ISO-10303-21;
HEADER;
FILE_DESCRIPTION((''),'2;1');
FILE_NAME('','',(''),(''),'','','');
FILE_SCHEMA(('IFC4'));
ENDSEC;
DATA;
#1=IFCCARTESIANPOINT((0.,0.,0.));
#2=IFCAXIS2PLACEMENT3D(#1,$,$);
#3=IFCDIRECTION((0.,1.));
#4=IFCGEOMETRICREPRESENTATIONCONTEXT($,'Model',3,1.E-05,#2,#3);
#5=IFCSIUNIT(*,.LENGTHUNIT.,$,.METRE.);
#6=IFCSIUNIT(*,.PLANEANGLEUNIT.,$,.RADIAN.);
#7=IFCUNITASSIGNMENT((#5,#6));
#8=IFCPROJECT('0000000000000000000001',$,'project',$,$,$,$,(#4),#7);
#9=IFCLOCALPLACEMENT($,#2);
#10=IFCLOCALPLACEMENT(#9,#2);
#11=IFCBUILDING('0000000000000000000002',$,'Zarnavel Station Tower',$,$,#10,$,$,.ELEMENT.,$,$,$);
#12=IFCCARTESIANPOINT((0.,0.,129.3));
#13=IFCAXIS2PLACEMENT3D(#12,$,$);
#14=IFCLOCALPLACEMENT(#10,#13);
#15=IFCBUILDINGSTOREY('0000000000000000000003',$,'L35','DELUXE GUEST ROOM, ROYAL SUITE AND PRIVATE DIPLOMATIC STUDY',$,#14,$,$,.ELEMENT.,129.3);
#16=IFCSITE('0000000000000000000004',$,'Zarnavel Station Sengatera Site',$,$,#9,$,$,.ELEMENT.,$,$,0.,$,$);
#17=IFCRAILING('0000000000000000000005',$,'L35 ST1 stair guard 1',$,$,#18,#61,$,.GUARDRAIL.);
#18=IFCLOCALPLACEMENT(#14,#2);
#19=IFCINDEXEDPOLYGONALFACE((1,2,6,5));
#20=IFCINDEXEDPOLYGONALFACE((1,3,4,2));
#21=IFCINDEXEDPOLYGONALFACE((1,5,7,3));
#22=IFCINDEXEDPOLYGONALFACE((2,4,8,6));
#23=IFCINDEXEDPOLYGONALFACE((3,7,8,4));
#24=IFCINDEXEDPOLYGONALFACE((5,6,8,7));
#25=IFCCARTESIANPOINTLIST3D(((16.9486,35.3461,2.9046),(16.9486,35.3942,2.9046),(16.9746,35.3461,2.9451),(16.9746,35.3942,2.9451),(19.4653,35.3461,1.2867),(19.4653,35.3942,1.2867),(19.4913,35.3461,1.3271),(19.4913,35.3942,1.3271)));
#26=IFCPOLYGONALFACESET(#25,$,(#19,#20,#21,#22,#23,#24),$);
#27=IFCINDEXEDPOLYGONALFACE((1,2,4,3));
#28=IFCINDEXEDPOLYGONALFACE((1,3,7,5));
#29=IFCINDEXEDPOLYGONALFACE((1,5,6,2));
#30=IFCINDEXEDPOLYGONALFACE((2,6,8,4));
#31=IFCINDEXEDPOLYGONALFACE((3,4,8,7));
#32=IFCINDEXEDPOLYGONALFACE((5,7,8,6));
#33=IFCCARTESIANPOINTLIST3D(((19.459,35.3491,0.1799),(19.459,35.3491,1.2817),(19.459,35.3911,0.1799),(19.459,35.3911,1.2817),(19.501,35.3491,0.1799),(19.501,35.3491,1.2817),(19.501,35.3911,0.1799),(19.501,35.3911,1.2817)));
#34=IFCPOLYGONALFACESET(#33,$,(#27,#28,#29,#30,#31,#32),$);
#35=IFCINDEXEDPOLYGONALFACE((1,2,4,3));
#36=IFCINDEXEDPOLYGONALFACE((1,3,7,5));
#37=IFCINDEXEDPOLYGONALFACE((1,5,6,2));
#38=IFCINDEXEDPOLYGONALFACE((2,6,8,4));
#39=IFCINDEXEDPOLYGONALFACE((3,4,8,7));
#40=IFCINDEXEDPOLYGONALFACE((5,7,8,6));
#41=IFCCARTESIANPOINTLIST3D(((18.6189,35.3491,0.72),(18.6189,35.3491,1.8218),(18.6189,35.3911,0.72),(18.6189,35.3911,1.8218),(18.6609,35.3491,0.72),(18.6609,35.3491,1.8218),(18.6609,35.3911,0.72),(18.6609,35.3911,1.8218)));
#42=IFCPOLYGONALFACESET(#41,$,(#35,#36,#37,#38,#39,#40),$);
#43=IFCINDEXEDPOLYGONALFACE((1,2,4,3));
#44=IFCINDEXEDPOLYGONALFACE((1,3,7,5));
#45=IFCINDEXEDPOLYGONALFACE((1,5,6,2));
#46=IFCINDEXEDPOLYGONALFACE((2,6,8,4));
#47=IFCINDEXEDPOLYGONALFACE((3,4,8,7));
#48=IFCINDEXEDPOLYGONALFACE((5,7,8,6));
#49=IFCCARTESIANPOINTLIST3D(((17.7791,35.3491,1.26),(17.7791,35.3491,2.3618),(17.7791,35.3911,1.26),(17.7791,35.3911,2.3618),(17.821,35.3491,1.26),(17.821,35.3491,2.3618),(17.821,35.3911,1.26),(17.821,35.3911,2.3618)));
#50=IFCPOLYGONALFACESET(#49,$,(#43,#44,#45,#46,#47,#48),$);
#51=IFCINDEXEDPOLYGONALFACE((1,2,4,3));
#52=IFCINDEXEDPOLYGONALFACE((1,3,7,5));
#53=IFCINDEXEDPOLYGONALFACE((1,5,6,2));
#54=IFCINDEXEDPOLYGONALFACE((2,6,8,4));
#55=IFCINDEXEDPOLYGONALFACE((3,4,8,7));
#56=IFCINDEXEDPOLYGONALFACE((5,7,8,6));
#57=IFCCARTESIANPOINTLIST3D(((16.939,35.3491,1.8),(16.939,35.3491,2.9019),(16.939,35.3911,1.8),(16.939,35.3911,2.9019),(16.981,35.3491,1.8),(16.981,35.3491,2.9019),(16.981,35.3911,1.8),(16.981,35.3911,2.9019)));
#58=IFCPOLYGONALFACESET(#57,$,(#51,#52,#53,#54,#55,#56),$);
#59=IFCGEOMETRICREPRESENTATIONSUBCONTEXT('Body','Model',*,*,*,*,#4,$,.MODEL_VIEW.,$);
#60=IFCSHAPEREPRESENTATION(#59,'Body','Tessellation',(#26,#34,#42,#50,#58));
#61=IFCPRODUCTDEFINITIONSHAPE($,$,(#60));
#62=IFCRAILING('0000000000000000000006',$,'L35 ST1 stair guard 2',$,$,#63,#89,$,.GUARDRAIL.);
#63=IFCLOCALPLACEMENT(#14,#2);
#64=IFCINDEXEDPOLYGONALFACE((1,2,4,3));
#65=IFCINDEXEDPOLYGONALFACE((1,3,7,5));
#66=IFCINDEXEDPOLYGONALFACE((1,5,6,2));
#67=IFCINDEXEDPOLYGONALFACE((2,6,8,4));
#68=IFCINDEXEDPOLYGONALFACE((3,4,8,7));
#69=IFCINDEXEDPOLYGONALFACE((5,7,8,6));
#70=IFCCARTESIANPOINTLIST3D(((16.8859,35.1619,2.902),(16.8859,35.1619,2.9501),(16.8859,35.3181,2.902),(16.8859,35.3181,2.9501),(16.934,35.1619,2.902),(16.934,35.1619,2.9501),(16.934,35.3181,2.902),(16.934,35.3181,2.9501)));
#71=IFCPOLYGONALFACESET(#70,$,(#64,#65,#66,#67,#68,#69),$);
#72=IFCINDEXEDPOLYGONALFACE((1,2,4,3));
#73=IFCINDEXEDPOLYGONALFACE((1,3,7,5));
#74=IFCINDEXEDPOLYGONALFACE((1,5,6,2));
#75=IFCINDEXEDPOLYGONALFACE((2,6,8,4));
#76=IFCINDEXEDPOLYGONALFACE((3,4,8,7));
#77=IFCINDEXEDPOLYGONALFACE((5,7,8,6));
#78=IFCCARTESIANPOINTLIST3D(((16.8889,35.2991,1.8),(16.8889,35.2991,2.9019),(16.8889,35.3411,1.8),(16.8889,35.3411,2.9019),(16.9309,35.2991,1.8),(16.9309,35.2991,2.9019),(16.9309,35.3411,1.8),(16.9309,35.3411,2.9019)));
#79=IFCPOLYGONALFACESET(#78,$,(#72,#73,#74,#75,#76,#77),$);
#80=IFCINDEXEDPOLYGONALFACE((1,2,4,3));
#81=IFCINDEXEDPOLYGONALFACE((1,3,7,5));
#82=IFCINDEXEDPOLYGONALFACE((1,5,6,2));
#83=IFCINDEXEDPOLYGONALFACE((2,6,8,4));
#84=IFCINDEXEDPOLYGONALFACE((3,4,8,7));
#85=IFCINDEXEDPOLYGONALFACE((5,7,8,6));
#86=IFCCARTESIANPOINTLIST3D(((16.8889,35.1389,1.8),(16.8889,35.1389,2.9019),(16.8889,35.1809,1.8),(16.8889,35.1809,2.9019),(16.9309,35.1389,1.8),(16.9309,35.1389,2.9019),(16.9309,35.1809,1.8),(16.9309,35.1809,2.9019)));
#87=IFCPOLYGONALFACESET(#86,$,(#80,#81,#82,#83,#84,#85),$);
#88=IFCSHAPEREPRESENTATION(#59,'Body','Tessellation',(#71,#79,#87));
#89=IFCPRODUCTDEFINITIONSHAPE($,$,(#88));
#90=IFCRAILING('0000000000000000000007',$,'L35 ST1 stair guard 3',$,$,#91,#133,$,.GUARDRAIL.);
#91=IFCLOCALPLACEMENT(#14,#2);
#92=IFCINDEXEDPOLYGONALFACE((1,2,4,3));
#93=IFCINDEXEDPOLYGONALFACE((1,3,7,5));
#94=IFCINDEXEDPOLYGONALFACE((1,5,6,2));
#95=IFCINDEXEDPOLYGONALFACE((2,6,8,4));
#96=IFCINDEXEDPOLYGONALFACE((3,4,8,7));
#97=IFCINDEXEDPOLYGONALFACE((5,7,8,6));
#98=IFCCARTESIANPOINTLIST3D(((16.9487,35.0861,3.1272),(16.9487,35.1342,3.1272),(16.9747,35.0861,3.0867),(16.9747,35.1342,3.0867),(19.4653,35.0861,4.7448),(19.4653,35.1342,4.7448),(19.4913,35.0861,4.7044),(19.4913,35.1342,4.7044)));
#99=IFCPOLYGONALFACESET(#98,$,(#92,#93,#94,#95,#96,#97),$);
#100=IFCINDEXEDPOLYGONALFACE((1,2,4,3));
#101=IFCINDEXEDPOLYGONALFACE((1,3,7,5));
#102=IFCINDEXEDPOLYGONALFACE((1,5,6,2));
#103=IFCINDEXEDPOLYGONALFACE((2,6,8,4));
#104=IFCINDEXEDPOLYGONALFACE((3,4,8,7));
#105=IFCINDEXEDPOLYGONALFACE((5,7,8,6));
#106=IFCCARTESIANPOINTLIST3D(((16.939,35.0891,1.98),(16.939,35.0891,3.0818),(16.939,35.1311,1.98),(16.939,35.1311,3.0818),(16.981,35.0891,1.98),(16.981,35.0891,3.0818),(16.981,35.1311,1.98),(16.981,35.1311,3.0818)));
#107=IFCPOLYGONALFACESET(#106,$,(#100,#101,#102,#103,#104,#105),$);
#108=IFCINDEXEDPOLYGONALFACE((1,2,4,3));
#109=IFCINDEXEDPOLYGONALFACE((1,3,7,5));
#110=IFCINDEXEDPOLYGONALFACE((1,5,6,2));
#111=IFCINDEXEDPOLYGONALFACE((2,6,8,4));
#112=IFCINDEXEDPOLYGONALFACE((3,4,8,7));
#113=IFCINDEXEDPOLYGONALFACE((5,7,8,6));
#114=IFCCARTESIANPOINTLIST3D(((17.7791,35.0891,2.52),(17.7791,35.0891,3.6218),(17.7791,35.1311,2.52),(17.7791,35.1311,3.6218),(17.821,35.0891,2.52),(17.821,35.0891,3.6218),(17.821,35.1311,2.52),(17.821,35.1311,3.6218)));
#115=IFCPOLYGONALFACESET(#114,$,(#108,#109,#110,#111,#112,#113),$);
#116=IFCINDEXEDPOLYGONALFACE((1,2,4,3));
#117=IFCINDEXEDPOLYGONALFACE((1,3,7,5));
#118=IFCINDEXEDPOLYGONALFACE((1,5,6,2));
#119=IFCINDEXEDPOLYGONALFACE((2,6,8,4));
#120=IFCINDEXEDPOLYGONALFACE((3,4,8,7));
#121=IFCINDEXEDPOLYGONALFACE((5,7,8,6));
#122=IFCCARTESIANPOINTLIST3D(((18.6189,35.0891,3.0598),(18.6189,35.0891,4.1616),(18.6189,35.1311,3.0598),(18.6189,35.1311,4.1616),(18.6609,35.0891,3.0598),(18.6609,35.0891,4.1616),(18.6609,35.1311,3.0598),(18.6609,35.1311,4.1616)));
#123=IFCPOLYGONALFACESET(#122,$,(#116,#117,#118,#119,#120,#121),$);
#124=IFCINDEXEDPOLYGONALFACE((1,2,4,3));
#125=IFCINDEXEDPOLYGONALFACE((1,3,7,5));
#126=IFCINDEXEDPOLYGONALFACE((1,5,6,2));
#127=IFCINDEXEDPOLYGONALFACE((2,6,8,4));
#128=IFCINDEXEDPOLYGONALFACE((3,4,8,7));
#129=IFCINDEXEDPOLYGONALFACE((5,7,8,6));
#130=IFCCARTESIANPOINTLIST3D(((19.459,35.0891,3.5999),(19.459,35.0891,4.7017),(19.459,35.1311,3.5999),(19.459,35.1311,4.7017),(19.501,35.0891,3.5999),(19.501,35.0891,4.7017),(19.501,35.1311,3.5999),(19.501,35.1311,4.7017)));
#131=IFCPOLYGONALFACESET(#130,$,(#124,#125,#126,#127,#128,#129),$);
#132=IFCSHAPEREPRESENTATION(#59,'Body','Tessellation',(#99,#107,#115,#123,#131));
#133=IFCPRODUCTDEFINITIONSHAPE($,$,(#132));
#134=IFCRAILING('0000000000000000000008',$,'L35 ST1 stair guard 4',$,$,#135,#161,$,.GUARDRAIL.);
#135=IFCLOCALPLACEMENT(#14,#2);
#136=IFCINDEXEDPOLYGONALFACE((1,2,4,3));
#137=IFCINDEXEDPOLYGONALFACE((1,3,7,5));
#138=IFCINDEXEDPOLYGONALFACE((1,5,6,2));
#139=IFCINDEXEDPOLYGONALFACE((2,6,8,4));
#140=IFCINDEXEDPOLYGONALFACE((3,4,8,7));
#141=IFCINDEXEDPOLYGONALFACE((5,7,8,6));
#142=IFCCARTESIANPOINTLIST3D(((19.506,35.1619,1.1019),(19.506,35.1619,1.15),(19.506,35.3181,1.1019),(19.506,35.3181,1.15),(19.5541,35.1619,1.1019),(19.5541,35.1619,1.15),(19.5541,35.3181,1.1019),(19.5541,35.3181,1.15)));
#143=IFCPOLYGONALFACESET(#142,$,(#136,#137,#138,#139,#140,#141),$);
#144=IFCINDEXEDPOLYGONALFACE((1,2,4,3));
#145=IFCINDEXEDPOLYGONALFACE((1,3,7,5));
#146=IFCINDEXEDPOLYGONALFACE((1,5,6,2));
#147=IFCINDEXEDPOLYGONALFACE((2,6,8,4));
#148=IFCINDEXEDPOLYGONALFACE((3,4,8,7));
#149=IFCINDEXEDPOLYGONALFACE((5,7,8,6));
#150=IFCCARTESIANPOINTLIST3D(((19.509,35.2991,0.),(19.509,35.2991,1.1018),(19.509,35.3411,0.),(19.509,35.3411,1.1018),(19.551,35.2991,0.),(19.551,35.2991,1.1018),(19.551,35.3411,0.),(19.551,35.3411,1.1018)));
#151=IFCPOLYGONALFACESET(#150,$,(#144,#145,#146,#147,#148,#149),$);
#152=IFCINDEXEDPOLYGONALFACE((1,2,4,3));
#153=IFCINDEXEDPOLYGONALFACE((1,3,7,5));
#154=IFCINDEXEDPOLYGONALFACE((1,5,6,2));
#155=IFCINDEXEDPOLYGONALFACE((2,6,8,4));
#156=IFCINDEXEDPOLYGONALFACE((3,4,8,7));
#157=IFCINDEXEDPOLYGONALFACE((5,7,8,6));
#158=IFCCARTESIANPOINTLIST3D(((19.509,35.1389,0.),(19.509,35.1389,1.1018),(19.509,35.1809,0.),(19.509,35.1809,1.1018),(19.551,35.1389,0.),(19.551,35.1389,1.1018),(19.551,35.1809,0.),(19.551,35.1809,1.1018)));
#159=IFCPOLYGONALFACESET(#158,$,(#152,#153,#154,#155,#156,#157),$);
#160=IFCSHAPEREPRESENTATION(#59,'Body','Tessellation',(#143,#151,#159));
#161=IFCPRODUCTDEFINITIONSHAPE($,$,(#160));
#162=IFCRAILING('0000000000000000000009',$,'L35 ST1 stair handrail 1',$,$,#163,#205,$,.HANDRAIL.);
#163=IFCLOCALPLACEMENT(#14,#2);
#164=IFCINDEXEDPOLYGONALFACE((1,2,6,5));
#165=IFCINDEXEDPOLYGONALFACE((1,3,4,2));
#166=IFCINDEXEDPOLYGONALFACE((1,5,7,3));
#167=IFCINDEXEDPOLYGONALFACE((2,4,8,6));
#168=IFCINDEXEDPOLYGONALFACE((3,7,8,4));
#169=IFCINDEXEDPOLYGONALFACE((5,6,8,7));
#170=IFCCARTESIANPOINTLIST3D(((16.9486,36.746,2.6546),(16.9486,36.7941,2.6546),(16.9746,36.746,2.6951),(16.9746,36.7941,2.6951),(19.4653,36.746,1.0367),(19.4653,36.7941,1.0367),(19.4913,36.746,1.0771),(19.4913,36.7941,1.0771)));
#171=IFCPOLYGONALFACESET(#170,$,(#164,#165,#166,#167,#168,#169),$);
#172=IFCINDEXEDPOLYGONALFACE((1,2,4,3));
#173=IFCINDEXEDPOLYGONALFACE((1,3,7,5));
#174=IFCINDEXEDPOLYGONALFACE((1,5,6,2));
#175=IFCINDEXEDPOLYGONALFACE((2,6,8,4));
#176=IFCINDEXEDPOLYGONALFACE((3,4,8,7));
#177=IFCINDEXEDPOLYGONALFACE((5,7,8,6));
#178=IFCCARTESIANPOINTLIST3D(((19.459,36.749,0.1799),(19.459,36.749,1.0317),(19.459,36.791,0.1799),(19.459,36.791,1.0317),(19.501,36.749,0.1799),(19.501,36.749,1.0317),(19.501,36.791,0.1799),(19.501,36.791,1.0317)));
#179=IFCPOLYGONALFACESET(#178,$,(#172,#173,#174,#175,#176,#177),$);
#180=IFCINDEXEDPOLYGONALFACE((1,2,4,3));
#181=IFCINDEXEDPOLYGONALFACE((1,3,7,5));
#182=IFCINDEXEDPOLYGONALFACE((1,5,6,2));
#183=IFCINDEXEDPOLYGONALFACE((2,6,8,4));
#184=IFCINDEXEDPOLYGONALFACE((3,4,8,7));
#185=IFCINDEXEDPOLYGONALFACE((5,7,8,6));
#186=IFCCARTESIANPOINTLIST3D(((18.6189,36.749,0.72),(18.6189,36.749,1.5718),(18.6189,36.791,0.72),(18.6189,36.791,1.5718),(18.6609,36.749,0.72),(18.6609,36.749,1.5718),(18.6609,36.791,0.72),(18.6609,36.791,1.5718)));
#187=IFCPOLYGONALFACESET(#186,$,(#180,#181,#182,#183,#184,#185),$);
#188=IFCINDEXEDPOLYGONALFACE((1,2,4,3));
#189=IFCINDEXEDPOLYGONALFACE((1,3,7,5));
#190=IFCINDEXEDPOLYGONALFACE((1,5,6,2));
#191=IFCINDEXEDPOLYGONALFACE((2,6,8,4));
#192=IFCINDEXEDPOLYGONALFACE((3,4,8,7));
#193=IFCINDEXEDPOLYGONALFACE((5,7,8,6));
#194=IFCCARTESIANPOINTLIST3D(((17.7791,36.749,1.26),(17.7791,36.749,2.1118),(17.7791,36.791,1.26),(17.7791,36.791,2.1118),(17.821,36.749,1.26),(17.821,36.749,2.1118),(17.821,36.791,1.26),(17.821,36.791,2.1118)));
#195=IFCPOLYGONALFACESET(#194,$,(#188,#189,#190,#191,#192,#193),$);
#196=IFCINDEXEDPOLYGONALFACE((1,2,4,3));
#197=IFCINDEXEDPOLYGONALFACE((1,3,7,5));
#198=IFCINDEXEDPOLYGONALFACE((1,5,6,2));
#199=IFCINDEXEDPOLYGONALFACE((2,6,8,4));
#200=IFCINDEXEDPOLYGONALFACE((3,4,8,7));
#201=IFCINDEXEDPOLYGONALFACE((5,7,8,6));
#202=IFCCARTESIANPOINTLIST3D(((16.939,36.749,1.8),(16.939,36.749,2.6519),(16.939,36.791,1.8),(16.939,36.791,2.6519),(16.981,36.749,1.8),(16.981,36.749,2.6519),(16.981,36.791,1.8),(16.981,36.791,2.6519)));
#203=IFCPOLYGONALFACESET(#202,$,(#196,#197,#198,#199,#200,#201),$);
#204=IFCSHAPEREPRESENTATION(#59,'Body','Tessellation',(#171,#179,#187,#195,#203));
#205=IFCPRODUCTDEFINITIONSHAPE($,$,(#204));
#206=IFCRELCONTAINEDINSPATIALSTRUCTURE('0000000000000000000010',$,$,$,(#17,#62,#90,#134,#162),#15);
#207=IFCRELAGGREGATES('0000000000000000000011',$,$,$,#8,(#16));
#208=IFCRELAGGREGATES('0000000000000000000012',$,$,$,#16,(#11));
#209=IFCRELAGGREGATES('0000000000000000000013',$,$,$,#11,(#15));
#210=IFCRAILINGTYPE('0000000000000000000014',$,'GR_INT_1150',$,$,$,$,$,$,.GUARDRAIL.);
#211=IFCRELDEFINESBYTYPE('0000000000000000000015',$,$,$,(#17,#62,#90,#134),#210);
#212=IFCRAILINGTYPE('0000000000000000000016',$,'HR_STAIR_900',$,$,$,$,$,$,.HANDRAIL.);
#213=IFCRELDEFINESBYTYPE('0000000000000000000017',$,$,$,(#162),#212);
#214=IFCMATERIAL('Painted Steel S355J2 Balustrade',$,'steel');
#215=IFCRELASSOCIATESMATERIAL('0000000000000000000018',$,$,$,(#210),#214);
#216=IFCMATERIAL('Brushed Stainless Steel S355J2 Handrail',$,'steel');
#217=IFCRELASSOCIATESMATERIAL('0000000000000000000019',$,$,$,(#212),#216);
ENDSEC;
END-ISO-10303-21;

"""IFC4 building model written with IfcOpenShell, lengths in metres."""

from ifc_helpers import new_model, si_unit, direction, frame, origin, origin_2d, place, context, subcontext, project, spatial, rectangle, extrude, material, type_object, element, save


model = new_model("IFC4")

# Units and contexts
model_context = context("Model", 3, precision=1e-05, world=origin(), true_north=direction((0.0, 1.0)))
body_context = subcontext(model_context, "Body", "Model", "MODEL_VIEW")
ifc_project = project(units=[si_unit("LENGTHUNIT", "METRE"), si_unit("PLANEANGLEUNIT", "RADIAN")], contexts=[model_context])

# Site, building, storey
site_placement = place(None, origin())
site = spatial("IfcSite", under=ifc_project, at=site_placement, Name="Zarnavel Station Sengatera Site", CompositionType="ELEMENT", RefElevation=0.0)
building_placement = place(site_placement, origin())
building = spatial("IfcBuilding", under=site, at=building_placement, Name="Zarnavel Station Tower", CompositionType="ELEMENT")
storey_placement = place(building_placement, frame((0.0, 0.0, 129.3)))
storey = spatial("IfcBuildingStorey", under=building, at=storey_placement, Name="L35", Description="DELUXE GUEST ROOM, ROYAL SUITE AND PRIVATE DIPLOMATIC STUDY", CompositionType="ELEMENT", Elevation=129.3)

# Railings
ifc_material_1 = material(Name="Painted Steel S355J2 Balustrade", Category="steel")
railing_type_1 = type_object("IfcRailingType", Name="GR_INT_1150", PredefinedType="GUARDRAIL", material=ifc_material_1)
railing_1_placement = place(storey_placement, frame((19.48, 35.3701, 0.1799)))
element("IfcRailing", 1, at=railing_1_placement, inside=storey, type_object=railing_type_1, Name="L35 ST1 stair guard 1", PredefinedType="GUARDRAIL", context=body_context, shape_type="SweptSolid", body=[
    extrude(rectangle(XDim=0.0481, YDim=0.0481, at=origin_2d()), frame((-0.0017, 0.0, 1.127), z_axis=(-0.841163, 0.0, 0.540782), x_axis=(0.0, -1.0, 0.0)), (0.0, 0.0, 1.0), 2.9919),
    extrude(rectangle(XDim=0.042, YDim=0.042, at=origin_2d()), origin(), (0.0, 0.0, 1.0), 1.1018),
    extrude(rectangle(XDim=0.042, YDim=0.042, at=origin_2d()), frame((-0.8401, 0.0, 0.54)), (0.0, 0.0, 1.0), 1.1018),
    extrude(rectangle(XDim=0.042, YDim=0.042, at=origin_2d()), frame((-1.6799, 0.0, 1.0801)), (0.0, 0.0, 1.0), 1.1018),
    extrude(rectangle(XDim=0.042, YDim=0.042, at=origin_2d()), frame((-2.52, 0.0, 1.6201)), (0.0, 0.0, 1.0), 1.1018),
])
railing_2_placement = place(storey_placement, frame((16.9099, 35.3201, 1.8)))
element("IfcRailing", 2, at=railing_2_placement, inside=storey, type_object=railing_type_1, Name="L35 ST1 stair guard 2", PredefinedType="GUARDRAIL", context=body_context, shape_type="SweptSolid", body=[
    extrude(rectangle(XDim=0.0481, YDim=0.0481, at=origin_2d()), frame((0.0, -0.002, 1.126), z_axis=(0.0, -1.0, 0.0), x_axis=(1.0, 0.0, 0.0)), (0.0, 0.0, 1.0), 0.1562),
    extrude(rectangle(XDim=0.042, YDim=0.042, at=origin_2d()), origin(), (0.0, 0.0, 1.0), 1.1018),
    extrude(rectangle(XDim=0.042, YDim=0.042, at=origin_2d()), frame((0.0, -0.1602, 0.0)), (0.0, 0.0, 1.0), 1.1018),
])
railing_3_placement = place(storey_placement, frame((16.96, 35.1101, 1.98)))
element("IfcRailing", 3, at=railing_3_placement, inside=storey, type_object=railing_type_1, Name="L35 ST1 stair guard 3", PredefinedType="GUARDRAIL", context=body_context, shape_type="SweptSolid", body=[
    extrude(rectangle(XDim=0.0481, YDim=0.0481, at=origin_2d()), frame((0.0017, 0.0, 1.127), z_axis=(0.8412, 0.0, 0.540725), x_axis=(0.0, 1.0, 0.0)), (0.0, 0.0, 1.0), 2.9917),
    extrude(rectangle(XDim=0.042, YDim=0.042, at=origin_2d()), origin(), (0.0, 0.0, 1.0), 1.1018),
    extrude(rectangle(XDim=0.042, YDim=0.042, at=origin_2d()), frame((0.8401, 0.0, 0.54)), (0.0, 0.0, 1.0), 1.1018),
    extrude(rectangle(XDim=0.042, YDim=0.042, at=origin_2d()), frame((1.6799, 0.0, 1.0798)), (0.0, 0.0, 1.0), 1.1018),
    extrude(rectangle(XDim=0.042, YDim=0.042, at=origin_2d()), frame((2.52, 0.0, 1.6199)), (0.0, 0.0, 1.0), 1.1018),
])
railing_4_placement = place(storey_placement, frame((19.53, 35.3201, 0.0)))
element("IfcRailing", 4, at=railing_4_placement, inside=storey, type_object=railing_type_1, Name="L35 ST1 stair guard 4", PredefinedType="GUARDRAIL", context=body_context, shape_type="SweptSolid", body=[
    extrude(rectangle(XDim=0.0481, YDim=0.0481, at=origin_2d()), frame((0.0, -0.002, 1.126), z_axis=(0.0, -1.0, 0.0), x_axis=(1.0, 0.0, 0.0)), (0.0, 0.0, 1.0), 0.1562),
    extrude(rectangle(XDim=0.042, YDim=0.042, at=origin_2d()), origin(), (0.0, 0.0, 1.0), 1.1018),
    extrude(rectangle(XDim=0.042, YDim=0.042, at=origin_2d()), frame((0.0, -0.1602, 0.0)), (0.0, 0.0, 1.0), 1.1018),
])
ifc_material_2 = material(Name="Brushed Stainless Steel S355J2 Handrail", Category="steel")
railing_type_2 = type_object("IfcRailingType", Name="HR_STAIR_900", PredefinedType="HANDRAIL", material=ifc_material_2)
railing_5_placement = place(storey_placement, frame((19.48, 36.77, 0.1799)))
element("IfcRailing", 5, at=railing_5_placement, inside=storey, type_object=railing_type_2, Name="L35 ST1 stair handrail 1", PredefinedType="HANDRAIL", context=body_context, shape_type="SweptSolid", body=[
    extrude(rectangle(XDim=0.0481, YDim=0.0481, at=origin_2d()), frame((-0.0017, 0.0, 0.877), z_axis=(-0.841163, 0.0, 0.540782), x_axis=(0.0, -1.0, 0.0)), (0.0, 0.0, 1.0), 2.9919),
    extrude(rectangle(XDim=0.042, YDim=0.042, at=origin_2d()), origin(), (0.0, 0.0, 1.0), 0.8518),
    extrude(rectangle(XDim=0.042, YDim=0.042, at=origin_2d()), frame((-0.8401, 0.0, 0.54)), (0.0, 0.0, 1.0), 0.8518),
    extrude(rectangle(XDim=0.042, YDim=0.042, at=origin_2d()), frame((-1.6799, 0.0, 1.0801)), (0.0, 0.0, 1.0), 0.8518),
    extrude(rectangle(XDim=0.042, YDim=0.042, at=origin_2d()), frame((-2.52, 0.0, 1.6201)), (0.0, 0.0, 1.0), 0.8518),
])

save(model, "model.ifc")
